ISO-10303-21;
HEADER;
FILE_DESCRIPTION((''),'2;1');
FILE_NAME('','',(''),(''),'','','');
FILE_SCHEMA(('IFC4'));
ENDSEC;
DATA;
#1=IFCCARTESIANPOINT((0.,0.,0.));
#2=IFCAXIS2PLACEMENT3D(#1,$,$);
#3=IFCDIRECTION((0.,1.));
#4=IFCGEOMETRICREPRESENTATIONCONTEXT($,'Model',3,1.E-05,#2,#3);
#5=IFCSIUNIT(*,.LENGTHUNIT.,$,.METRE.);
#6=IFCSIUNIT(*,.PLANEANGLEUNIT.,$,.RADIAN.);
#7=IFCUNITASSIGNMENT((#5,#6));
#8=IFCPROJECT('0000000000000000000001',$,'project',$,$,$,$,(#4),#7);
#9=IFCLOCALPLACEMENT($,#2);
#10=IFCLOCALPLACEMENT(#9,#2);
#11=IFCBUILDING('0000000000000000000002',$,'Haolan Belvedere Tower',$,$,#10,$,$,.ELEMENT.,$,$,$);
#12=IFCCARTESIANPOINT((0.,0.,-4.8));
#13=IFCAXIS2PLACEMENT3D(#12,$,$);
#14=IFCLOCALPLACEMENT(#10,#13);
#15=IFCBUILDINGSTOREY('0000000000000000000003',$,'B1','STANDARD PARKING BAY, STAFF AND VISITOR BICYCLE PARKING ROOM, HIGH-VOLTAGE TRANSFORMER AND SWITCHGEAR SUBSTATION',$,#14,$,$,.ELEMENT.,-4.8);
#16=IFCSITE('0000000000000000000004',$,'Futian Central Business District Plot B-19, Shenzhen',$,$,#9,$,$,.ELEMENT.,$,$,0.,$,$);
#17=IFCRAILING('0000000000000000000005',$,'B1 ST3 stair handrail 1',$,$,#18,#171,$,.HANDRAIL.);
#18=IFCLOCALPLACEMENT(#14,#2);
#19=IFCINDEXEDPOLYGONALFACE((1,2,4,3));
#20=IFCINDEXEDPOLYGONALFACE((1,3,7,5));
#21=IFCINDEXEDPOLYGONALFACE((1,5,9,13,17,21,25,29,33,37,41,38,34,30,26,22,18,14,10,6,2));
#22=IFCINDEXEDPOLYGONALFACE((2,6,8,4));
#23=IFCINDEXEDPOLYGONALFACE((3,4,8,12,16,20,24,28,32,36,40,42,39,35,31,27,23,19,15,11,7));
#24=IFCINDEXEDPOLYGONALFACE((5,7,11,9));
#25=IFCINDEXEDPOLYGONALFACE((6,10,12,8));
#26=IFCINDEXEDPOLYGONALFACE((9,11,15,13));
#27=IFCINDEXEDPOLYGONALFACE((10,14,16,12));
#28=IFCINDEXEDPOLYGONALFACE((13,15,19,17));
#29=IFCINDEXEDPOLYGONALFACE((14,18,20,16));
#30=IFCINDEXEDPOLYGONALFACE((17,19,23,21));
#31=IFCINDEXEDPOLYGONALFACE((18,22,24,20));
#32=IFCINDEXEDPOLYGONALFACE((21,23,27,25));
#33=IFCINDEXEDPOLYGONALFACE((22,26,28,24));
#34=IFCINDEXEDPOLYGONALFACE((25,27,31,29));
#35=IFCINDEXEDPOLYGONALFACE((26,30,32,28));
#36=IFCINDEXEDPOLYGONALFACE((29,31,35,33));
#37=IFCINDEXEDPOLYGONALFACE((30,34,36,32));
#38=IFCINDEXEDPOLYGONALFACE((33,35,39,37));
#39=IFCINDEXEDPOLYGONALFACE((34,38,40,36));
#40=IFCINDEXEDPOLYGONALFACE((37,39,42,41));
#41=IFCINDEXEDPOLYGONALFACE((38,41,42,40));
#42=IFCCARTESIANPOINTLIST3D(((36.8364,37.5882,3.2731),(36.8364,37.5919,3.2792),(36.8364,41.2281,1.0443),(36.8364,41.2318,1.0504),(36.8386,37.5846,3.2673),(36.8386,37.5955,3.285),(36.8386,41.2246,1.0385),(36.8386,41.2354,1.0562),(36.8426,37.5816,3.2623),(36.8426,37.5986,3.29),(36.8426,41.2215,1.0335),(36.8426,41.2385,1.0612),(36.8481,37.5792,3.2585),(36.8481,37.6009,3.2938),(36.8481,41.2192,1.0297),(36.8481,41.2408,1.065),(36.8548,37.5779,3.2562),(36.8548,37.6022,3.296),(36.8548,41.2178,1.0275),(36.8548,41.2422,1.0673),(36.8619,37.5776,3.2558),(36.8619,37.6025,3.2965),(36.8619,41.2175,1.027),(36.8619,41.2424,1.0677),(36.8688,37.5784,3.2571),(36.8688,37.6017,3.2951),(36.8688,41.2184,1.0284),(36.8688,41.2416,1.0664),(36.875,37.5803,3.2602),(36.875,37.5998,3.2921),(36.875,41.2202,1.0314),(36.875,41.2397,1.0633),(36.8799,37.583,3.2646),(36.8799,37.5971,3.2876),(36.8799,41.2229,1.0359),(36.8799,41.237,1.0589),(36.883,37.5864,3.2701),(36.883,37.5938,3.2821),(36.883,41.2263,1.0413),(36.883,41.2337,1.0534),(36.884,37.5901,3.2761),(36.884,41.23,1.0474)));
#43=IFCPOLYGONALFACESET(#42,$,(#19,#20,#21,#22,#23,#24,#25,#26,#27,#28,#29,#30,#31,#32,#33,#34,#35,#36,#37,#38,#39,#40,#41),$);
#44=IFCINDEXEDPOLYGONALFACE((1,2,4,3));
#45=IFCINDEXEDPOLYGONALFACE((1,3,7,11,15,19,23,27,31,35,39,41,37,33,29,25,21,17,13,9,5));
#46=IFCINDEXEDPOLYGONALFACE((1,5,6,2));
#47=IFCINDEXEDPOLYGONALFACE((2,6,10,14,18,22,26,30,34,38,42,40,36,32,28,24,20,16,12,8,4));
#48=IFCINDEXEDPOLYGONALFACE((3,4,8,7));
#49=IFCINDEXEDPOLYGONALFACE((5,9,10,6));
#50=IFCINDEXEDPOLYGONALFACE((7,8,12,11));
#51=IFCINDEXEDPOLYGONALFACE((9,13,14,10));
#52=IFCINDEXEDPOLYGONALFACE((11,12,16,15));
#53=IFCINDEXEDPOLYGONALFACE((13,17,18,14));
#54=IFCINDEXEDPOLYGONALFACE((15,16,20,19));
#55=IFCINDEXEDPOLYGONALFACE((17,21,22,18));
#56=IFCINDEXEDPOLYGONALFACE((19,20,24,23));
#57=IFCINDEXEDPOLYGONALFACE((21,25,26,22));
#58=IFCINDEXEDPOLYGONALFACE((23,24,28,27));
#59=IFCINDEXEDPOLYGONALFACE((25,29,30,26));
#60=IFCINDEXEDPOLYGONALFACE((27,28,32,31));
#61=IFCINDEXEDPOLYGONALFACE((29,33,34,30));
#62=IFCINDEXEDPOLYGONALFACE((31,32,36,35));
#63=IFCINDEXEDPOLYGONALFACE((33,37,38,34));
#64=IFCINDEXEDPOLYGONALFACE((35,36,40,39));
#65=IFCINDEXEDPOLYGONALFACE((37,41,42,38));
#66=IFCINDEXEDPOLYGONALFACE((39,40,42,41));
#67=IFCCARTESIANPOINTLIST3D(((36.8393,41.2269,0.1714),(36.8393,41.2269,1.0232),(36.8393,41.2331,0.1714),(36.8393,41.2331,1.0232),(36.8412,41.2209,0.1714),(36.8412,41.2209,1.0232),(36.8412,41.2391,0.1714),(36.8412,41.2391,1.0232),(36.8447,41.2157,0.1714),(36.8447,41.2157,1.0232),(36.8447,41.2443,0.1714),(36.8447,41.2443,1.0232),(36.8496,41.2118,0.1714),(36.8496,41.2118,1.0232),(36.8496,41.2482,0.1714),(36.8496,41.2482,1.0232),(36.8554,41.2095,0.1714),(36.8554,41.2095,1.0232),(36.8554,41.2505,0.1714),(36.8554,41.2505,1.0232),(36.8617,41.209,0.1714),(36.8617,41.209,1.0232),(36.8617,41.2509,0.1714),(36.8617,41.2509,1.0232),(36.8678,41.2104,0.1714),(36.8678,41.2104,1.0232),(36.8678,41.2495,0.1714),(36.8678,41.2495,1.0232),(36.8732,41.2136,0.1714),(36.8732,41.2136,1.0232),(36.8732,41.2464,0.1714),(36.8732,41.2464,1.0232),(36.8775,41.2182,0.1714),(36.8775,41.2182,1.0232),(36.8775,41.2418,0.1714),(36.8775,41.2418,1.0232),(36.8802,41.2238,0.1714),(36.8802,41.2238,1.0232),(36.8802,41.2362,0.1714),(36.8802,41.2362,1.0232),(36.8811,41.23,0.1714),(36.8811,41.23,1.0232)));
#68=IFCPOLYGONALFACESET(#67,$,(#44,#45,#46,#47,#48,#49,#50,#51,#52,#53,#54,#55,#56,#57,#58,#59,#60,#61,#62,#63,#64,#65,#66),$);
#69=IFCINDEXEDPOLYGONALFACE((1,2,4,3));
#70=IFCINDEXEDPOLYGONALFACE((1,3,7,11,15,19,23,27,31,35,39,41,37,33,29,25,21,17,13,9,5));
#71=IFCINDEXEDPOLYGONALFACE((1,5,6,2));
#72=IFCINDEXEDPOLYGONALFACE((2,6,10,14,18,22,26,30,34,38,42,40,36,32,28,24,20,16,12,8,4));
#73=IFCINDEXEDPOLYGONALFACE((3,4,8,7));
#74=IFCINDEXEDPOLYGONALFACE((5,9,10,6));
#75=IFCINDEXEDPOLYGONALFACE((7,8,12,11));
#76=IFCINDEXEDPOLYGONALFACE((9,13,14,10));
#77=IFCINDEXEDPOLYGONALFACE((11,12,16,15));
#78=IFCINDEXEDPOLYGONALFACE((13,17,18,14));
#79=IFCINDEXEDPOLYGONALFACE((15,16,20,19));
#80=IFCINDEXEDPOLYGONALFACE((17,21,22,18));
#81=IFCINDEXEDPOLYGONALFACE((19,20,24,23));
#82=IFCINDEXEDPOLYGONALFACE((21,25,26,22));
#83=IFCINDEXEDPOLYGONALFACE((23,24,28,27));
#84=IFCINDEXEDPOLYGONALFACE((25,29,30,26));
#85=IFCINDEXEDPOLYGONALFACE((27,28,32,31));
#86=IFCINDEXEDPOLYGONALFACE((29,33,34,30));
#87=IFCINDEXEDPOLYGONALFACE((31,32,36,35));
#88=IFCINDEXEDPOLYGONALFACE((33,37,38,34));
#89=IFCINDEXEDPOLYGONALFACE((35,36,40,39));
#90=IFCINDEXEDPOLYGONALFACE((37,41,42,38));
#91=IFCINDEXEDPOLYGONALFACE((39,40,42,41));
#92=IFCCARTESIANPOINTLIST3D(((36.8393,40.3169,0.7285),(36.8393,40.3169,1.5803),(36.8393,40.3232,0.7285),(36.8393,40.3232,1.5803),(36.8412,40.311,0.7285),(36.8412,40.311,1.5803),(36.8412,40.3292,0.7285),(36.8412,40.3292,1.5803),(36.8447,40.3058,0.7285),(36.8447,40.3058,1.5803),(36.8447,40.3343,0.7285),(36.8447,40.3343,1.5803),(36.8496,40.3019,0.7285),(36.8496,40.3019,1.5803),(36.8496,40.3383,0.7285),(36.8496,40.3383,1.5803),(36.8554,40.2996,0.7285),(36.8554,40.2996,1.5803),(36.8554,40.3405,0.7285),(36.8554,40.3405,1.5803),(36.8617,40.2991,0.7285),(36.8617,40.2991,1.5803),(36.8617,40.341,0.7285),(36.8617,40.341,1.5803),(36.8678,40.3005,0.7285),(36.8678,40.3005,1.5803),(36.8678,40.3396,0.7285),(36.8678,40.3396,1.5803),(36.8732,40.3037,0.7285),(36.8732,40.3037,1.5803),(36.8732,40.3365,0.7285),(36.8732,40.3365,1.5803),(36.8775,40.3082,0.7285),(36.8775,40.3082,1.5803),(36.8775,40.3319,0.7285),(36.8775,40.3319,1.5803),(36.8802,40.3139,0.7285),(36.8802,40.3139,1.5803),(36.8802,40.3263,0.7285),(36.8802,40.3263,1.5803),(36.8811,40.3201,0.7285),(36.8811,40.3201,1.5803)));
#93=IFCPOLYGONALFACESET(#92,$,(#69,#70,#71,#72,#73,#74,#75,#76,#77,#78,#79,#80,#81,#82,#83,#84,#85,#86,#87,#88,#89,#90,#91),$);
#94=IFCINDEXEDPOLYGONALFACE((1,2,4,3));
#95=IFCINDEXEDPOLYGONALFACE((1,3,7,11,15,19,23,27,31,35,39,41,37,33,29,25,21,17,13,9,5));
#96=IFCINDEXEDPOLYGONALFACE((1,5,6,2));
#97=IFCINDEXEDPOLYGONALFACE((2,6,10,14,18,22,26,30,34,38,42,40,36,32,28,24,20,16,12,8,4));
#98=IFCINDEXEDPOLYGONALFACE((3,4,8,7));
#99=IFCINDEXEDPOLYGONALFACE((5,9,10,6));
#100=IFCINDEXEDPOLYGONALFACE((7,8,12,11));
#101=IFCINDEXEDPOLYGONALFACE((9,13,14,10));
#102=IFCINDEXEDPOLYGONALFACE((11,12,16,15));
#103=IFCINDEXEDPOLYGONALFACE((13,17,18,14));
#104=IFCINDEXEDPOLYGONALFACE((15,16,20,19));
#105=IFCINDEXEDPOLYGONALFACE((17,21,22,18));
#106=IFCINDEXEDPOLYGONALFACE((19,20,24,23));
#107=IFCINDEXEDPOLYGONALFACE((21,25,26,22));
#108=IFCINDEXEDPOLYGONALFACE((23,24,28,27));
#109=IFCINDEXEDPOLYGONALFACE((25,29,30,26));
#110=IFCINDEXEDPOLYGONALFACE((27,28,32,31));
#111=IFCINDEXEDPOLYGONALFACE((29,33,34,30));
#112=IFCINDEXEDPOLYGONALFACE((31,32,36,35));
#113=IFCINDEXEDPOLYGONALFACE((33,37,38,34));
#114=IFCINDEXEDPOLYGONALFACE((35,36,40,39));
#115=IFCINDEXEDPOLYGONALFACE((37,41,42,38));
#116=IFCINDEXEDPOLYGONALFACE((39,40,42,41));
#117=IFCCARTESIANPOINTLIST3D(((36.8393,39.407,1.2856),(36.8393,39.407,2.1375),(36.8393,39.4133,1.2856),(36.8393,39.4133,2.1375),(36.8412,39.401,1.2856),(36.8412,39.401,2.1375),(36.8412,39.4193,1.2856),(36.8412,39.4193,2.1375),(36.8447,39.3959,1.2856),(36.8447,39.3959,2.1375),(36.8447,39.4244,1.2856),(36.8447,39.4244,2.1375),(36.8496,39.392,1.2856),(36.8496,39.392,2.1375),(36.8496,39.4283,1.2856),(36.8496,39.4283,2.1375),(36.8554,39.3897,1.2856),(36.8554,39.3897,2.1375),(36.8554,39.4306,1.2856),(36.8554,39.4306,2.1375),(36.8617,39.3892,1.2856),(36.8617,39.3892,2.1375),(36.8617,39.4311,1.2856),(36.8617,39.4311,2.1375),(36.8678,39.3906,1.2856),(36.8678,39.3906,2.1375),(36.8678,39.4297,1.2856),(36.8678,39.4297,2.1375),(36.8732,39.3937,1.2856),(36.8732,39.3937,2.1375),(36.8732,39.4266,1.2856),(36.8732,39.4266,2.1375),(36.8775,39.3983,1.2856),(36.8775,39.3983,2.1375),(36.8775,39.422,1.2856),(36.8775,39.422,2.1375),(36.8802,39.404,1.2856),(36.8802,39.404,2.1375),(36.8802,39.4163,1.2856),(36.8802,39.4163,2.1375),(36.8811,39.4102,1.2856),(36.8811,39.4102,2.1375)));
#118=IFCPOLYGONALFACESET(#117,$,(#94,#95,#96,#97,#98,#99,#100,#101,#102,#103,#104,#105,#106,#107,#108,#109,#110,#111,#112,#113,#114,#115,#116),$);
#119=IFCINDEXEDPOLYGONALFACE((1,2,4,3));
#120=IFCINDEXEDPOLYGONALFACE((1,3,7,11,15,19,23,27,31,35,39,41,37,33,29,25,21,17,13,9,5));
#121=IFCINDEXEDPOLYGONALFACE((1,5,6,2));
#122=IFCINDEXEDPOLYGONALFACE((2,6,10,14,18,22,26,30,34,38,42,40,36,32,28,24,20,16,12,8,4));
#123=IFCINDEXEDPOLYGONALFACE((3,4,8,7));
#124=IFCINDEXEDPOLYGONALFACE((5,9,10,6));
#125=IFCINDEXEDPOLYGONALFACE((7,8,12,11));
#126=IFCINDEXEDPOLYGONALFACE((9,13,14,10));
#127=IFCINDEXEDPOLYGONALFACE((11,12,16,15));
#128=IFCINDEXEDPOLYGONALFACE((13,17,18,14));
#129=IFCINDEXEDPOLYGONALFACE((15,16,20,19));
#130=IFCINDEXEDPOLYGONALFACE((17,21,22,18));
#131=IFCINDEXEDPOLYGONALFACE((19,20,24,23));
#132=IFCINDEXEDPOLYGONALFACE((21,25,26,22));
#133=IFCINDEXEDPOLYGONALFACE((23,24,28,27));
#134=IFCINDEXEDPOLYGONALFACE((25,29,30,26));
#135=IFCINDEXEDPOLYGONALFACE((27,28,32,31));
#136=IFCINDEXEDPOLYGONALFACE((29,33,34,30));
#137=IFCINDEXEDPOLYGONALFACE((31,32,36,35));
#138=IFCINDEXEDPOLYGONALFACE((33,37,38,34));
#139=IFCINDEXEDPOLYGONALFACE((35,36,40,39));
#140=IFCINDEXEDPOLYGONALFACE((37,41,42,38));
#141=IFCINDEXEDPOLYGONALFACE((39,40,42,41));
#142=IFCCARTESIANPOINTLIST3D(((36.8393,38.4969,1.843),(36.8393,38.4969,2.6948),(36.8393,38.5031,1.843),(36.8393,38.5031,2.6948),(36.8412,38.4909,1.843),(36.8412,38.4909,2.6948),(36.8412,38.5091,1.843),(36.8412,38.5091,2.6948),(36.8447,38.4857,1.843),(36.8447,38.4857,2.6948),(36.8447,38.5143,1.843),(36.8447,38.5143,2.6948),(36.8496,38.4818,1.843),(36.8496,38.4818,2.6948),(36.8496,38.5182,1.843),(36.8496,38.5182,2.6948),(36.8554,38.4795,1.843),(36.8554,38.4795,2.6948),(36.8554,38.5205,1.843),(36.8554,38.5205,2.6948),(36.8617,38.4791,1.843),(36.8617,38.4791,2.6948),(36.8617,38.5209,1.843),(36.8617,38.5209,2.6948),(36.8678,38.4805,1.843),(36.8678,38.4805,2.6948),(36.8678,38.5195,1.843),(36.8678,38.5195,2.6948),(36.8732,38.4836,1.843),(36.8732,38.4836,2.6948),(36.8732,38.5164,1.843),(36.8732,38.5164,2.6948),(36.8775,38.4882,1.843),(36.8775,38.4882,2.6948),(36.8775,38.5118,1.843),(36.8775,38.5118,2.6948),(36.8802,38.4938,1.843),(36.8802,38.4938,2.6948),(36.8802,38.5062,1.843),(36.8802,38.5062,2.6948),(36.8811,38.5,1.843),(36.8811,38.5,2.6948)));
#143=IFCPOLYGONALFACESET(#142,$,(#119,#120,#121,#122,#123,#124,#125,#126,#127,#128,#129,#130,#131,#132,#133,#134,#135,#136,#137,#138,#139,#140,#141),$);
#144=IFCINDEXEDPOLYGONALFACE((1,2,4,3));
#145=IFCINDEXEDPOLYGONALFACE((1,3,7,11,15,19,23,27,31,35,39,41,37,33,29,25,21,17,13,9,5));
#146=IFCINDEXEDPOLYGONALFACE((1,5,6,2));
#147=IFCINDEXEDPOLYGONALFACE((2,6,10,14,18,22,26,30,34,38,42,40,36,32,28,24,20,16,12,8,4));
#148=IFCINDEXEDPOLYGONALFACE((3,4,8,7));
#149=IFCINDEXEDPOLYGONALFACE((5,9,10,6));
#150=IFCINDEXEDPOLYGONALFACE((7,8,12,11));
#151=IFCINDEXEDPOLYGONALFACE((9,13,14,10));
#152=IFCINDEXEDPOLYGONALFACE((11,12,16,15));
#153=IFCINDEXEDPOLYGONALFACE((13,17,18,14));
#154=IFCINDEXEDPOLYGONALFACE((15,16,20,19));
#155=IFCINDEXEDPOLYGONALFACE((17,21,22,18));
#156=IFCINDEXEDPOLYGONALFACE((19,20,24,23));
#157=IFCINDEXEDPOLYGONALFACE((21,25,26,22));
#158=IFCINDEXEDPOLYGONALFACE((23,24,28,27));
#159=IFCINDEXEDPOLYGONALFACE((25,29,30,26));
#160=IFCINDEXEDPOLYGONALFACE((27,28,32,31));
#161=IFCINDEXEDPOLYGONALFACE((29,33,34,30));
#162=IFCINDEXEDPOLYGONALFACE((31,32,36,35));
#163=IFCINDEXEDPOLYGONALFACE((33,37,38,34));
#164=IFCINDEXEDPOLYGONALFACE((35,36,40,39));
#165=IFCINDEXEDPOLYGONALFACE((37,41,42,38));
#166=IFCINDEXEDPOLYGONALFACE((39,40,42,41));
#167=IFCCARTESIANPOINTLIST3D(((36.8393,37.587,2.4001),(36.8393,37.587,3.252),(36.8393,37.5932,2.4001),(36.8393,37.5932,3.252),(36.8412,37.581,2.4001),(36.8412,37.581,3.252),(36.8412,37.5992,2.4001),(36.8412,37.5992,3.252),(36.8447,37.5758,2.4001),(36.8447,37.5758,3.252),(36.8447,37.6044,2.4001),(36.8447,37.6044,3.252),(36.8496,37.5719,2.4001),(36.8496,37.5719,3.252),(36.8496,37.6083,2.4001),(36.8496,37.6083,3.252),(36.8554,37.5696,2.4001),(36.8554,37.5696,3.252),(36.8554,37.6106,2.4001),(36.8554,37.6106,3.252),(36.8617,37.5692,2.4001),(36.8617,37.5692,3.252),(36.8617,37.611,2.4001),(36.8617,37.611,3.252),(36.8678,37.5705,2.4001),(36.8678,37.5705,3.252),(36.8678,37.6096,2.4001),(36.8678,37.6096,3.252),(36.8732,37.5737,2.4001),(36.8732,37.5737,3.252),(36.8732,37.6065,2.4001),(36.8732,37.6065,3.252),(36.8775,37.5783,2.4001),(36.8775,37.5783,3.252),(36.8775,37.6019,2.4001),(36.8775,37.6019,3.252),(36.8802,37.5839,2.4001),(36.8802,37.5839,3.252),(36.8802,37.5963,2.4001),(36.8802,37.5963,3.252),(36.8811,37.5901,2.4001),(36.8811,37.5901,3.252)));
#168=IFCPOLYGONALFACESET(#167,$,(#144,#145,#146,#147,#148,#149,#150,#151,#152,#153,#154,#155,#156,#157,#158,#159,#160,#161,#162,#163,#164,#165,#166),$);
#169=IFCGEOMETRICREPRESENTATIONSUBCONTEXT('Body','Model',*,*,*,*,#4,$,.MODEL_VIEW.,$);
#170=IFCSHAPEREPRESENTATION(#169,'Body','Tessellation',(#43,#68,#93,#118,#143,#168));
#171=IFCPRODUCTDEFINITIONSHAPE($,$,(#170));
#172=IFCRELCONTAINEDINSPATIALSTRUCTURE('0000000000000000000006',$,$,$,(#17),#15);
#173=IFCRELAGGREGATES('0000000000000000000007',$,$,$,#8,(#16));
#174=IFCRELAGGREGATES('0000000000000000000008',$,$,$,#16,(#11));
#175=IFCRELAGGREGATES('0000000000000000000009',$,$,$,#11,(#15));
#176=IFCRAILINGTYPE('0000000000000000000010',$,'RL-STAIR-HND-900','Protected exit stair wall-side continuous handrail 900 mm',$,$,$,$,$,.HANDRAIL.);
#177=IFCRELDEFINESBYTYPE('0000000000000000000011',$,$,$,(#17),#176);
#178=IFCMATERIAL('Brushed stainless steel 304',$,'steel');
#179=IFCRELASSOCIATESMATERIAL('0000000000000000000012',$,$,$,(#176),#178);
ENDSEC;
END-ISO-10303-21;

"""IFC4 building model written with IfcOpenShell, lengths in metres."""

from ifc_helpers import new_model, si_unit, direction, frame, origin, origin_2d, place, context, subcontext, project, spatial, circle, extrude, material, type_object, element, save


model = new_model("IFC4")

# Units and contexts
model_context = context("Model", 3, precision=1e-05, world=origin(), true_north=direction((0.0, 1.0)))
body_context = subcontext(model_context, "Body", "Model", "MODEL_VIEW")
ifc_project = project(units=[si_unit("LENGTHUNIT", "METRE"), si_unit("PLANEANGLEUNIT", "RADIAN")], contexts=[model_context])

# Site, building, storey
site_placement = place(None, origin())
site = spatial("IfcSite", under=ifc_project, at=site_placement, Name="Futian Central Business District Plot B-19, Shenzhen", CompositionType="ELEMENT", RefElevation=0.0)
building_placement = place(site_placement, origin())
building = spatial("IfcBuilding", under=site, at=building_placement, Name="Haolan Belvedere Tower", CompositionType="ELEMENT")
storey_placement = place(building_placement, frame((0.0, 0.0, -4.8)))
storey = spatial("IfcBuildingStorey", under=building, at=storey_placement, Name="B1", Description="STANDARD PARKING BAY, STAFF AND VISITOR BICYCLE PARKING ROOM, HIGH-VOLTAGE TRANSFORMER AND SWITCHGEAR SUBSTATION", CompositionType="ELEMENT", Elevation=-4.8)

# Railing
ifc_material_1 = material(Name="Brushed stainless steel 304", Category="steel")
railing_type_1 = type_object("IfcRailingType", Name="RL-STAIR-HND-900", Description="Protected exit stair wall-side continuous handrail 900 mm", PredefinedType="HANDRAIL", material=ifc_material_1)
railing_1_placement = place(storey_placement, frame((36.8601, 41.23, 0.1714)))
element("IfcRailing", 1, at=railing_1_placement, inside=storey, type_object=railing_type_1, Name="B1 ST3 stair handrail 1", PredefinedType="HANDRAIL", context=body_context, shape_type="SweptSolid", body=[
    extrude(circle(Radius=0.0239, at=origin_2d()), frame((0.0, 0.0, 0.876), z_axis=(0.0, -0.852825, 0.522197), x_axis=(1.0, 0.0, 0.0)), (0.0, 0.0, 1.0), 4.2681),
    extrude(circle(Radius=0.021, at=origin_2d()), origin(), (0.0, 0.0, 1.0), 0.8518),
    extrude(circle(Radius=0.021, at=origin_2d()), frame((0.0, -0.9099, 0.5571)), (0.0, 0.0, 1.0), 0.8518),
    extrude(circle(Radius=0.021, at=origin_2d()), frame((0.0, -1.8198, 1.1143)), (0.0, 0.0, 1.0), 0.8518),
    extrude(circle(Radius=0.021, at=origin_2d()), frame((0.0, -2.73, 1.6716)), (0.0, 0.0, 1.0), 0.8518),
    extrude(circle(Radius=0.021, at=origin_2d()), frame((0.0, -3.6399, 2.2288)), (0.0, 0.0, 1.0), 0.8518),
])

save(model, "model.ifc")
